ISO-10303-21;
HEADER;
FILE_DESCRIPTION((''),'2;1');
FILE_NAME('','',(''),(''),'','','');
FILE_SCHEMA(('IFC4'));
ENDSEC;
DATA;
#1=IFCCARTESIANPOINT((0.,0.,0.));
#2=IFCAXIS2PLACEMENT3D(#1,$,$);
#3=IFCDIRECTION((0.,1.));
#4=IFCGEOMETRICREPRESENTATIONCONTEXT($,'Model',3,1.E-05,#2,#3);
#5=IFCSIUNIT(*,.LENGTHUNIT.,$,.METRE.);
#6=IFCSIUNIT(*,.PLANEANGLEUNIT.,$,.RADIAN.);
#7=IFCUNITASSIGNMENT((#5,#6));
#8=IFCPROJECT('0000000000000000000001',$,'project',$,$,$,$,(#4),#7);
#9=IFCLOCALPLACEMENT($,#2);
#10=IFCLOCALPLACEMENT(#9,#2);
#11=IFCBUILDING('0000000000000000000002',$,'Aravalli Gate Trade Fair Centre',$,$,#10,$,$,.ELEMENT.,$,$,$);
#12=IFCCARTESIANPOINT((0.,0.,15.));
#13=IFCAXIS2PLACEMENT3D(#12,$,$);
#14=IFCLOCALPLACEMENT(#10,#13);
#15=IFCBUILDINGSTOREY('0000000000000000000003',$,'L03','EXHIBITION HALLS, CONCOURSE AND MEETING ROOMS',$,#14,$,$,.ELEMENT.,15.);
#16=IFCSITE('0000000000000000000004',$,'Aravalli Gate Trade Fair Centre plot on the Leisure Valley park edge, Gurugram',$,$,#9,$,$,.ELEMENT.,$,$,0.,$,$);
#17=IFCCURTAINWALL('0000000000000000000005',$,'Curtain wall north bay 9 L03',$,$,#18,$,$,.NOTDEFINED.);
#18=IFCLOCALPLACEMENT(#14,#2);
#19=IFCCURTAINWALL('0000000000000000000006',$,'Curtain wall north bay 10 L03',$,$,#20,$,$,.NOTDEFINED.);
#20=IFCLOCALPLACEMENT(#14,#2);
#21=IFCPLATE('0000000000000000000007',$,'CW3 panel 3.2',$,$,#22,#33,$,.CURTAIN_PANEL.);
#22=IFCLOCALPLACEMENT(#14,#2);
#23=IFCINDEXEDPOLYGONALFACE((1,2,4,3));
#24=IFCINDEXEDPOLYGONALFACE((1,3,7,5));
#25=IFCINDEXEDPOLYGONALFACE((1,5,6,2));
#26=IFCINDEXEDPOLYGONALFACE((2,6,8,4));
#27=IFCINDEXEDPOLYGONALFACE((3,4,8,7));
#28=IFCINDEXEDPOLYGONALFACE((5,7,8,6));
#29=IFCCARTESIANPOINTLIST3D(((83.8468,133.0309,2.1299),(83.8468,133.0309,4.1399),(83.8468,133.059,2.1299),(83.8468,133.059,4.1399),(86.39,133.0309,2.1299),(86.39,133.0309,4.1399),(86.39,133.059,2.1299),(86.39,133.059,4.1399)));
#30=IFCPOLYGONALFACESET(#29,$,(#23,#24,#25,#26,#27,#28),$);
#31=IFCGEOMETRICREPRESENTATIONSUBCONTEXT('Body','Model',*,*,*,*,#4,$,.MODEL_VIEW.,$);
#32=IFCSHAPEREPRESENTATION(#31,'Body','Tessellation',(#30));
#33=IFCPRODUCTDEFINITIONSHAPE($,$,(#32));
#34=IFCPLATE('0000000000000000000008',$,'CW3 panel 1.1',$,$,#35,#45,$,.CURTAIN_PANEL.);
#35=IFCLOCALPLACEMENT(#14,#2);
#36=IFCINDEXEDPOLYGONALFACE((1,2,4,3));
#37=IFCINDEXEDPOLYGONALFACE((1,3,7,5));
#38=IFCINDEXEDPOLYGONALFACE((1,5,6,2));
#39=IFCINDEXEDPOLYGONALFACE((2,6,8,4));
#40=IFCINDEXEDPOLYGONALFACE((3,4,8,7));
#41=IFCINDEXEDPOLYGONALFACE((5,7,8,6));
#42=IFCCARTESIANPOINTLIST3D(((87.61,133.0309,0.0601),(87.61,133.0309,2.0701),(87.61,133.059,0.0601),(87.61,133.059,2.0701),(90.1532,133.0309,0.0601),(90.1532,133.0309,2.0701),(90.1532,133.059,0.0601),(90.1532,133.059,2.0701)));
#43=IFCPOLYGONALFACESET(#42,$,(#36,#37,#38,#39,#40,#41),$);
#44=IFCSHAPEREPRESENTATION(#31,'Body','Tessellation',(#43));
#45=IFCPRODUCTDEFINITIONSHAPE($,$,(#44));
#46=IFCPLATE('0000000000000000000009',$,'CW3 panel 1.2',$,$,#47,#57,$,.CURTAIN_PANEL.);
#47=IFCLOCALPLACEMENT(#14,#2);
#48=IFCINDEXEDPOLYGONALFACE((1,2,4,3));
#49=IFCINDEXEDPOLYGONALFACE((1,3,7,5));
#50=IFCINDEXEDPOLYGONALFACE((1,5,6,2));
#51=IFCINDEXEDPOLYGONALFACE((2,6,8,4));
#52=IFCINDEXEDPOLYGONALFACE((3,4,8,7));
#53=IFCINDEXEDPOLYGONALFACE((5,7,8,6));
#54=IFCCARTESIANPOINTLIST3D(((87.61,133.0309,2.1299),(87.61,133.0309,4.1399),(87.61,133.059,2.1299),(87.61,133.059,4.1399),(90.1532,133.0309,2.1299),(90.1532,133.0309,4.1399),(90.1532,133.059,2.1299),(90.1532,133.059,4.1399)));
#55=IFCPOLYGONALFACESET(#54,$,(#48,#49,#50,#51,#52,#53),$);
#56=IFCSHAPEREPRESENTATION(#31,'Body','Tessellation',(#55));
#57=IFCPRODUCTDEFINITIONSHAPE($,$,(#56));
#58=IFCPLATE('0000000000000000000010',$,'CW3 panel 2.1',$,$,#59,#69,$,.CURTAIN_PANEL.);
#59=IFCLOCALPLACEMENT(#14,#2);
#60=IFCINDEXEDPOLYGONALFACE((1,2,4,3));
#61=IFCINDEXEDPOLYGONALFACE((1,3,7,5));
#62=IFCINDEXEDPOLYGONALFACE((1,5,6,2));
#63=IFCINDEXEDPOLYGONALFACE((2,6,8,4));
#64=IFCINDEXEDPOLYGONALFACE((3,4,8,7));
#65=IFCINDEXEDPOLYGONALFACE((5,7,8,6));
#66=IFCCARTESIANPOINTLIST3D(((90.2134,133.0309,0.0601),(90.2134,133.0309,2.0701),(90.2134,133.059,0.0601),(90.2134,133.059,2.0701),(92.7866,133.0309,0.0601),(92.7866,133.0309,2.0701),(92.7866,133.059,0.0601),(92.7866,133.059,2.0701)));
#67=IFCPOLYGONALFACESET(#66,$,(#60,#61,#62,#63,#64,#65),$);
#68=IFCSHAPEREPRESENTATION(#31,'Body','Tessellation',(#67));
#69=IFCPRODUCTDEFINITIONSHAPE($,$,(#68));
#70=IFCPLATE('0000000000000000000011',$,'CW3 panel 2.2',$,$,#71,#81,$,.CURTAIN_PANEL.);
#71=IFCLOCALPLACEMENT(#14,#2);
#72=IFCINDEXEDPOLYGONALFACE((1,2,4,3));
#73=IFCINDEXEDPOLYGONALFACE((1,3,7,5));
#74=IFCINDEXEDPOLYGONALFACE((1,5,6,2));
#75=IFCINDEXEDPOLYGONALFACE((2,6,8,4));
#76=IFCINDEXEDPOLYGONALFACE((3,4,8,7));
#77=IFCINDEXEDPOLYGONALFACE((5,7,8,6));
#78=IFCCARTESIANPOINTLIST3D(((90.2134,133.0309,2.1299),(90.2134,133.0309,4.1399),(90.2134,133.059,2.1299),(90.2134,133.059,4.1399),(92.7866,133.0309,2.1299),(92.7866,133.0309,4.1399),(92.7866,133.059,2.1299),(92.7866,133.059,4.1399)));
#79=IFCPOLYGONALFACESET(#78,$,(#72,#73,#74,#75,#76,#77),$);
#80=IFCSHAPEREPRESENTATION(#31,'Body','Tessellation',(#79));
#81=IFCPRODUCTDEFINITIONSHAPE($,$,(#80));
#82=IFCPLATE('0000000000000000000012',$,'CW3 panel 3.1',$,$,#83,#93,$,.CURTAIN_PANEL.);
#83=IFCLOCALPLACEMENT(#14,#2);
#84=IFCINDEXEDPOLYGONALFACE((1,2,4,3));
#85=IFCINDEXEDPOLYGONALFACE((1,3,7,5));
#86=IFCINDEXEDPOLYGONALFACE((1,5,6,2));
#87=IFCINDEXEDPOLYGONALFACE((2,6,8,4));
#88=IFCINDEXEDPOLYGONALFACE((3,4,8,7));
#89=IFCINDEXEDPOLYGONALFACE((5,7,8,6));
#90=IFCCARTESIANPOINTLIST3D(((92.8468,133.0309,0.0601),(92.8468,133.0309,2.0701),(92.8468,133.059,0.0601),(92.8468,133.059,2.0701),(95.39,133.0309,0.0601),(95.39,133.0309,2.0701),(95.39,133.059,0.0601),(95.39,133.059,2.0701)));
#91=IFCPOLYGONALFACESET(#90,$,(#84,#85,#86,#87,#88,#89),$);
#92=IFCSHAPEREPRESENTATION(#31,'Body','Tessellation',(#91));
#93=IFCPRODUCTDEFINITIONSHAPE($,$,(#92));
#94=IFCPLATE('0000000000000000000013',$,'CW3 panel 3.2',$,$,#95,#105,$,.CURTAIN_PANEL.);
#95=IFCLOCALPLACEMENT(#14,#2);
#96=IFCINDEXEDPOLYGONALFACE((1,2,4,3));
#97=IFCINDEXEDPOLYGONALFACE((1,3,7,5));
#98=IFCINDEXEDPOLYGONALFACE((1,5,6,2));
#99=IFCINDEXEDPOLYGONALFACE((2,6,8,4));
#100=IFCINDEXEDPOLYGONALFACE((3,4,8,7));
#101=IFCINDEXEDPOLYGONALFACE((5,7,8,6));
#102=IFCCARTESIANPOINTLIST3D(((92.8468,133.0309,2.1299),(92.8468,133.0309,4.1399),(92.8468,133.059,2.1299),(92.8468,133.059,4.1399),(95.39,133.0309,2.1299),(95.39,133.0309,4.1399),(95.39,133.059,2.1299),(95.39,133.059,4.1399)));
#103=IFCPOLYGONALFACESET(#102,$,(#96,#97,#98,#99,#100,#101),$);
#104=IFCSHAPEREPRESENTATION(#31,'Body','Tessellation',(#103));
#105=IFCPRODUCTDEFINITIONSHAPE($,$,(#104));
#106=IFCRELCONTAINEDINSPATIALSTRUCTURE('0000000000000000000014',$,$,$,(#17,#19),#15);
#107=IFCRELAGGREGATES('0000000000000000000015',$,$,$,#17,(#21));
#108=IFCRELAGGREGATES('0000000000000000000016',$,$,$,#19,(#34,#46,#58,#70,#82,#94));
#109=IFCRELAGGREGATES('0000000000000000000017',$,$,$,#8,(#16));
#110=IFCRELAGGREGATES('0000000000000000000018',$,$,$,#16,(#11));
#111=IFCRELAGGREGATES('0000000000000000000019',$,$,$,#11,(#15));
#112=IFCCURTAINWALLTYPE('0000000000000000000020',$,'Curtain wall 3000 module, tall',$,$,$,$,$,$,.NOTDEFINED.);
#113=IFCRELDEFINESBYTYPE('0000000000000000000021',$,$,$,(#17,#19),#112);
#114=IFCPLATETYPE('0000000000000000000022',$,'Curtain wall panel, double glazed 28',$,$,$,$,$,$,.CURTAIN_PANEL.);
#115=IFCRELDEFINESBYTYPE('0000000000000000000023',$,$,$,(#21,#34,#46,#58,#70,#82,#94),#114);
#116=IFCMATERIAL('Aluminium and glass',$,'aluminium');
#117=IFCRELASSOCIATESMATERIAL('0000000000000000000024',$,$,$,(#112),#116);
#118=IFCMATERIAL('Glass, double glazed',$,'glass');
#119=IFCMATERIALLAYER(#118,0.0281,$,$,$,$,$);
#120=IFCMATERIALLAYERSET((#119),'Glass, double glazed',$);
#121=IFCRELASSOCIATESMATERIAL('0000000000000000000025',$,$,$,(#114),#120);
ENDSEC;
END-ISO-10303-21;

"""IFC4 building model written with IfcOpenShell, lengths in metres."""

from ifc_helpers import new_model, si_unit, direction, frame, origin, origin_2d, place, context, subcontext, project, spatial, rectangle, extrude, material, layer, layer_set, type_object, element, aggregate, save


model = new_model("IFC4")

# Units and contexts
model_context = context("Model", 3, precision=1e-05, world=origin(), true_north=direction((0.0, 1.0)))
body_context = subcontext(model_context, "Body", "Model", "MODEL_VIEW")
ifc_project = project(units=[si_unit("LENGTHUNIT", "METRE"), si_unit("PLANEANGLEUNIT", "RADIAN")], contexts=[model_context])

# Site, building, storey
site_placement = place(None, origin())
site = spatial("IfcSite", under=ifc_project, at=site_placement, Name="Aravalli Gate Trade Fair Centre plot on the Leisure Valley park edge, Gurugram", CompositionType="ELEMENT", RefElevation=0.0)
building_placement = place(site_placement, origin())
building = spatial("IfcBuilding", under=site, at=building_placement, Name="Aravalli Gate Trade Fair Centre", CompositionType="ELEMENT")
storey_placement = place(building_placement, frame((0.0, 0.0, 15.0)))
storey = spatial("IfcBuildingStorey", under=building, at=storey_placement, Name="L03", Description="EXHIBITION HALLS, CONCOURSE AND MEETING ROOMS", CompositionType="ELEMENT", Elevation=15.0)

# Curtain wall
ifc_material_1 = material(Name="Aluminium and glass", Category="aluminium")
curtain_wall_type = type_object("IfcCurtainWallType", Name="Curtain wall 3000 module, tall", PredefinedType="NOTDEFINED", material=ifc_material_1)
curtain_wall_1_placement = place(storey_placement, origin())
curtain_wall_1 = element("IfcCurtainWall", 1, at=curtain_wall_1_placement, inside=storey, type_object=curtain_wall_type, Name="Curtain wall north bay 9 L03", PredefinedType="NOTDEFINED")

# Curtain wall
curtain_wall_2_placement = place(storey_placement, origin())
curtain_wall_2 = element("IfcCurtainWall", 2, at=curtain_wall_2_placement, inside=storey, type_object=curtain_wall_type, Name="Curtain wall north bay 10 L03", PredefinedType="NOTDEFINED")

# Plates
ifc_material_2 = material(Name="Glass, double glazed", Category="glass")
ifc_layer = layer(ifc_material_2, 0.0281)
ifc_layer_set = layer_set([ifc_layer], Name="Glass, double glazed")
plate_type = type_object("IfcPlateType", Name="Curtain wall panel, double glazed 28", PredefinedType="CURTAIN_PANEL", material=ifc_layer_set)
plate_1_placement = place(storey_placement, frame((85.1184, 133.0449, 2.1299), z_axis=(0.0, 0.0, 1.0), x_axis=(1.0, 0.0, 0.0)))
plate_1 = element("IfcPlate", 3, at=plate_1_placement, type_object=plate_type, Name="CW3 panel 3.2", PredefinedType="CURTAIN_PANEL", context=body_context, shape_type="SweptSolid", body=[
    extrude(rectangle(XDim=2.5432, YDim=0.0281, at=origin_2d()), origin(), (0.0, 0.0, 1.0), 2.01),
])
aggregate(curtain_wall_1, [plate_1])
plate_2_placement = place(storey_placement, frame((88.8816, 133.0449, 0.0601), z_axis=(0.0, 0.0, 1.0), x_axis=(1.0, 0.0, 0.0)))
plate_2 = element("IfcPlate", 4, at=plate_2_placement, type_object=plate_type, Name="CW3 panel 1.1", PredefinedType="CURTAIN_PANEL", context=body_context, shape_type="SweptSolid", body=[
    extrude(rectangle(XDim=2.5432, YDim=0.0281, at=origin_2d()), origin(), (0.0, 0.0, 1.0), 2.01),
])
plate_3_placement = place(storey_placement, frame((88.8816, 133.0449, 2.1299), z_axis=(0.0, 0.0, 1.0), x_axis=(1.0, 0.0, 0.0)))
plate_3 = element("IfcPlate", 5, at=plate_3_placement, type_object=plate_type, Name="CW3 panel 1.2", PredefinedType="CURTAIN_PANEL", context=body_context, shape_type="SweptSolid", body=[
    extrude(rectangle(XDim=2.5432, YDim=0.0281, at=origin_2d()), origin(), (0.0, 0.0, 1.0), 2.01),
])
plate_4_placement = place(storey_placement, frame((91.5, 133.0449, 0.0601), z_axis=(0.0, 0.0, 1.0), x_axis=(1.0, 0.0, 0.0)))
plate_4 = element("IfcPlate", 6, at=plate_4_placement, type_object=plate_type, Name="CW3 panel 2.1", PredefinedType="CURTAIN_PANEL", context=body_context, shape_type="SweptSolid", body=[
    extrude(rectangle(XDim=2.5732, YDim=0.0281, at=origin_2d()), origin(), (0.0, 0.0, 1.0), 2.01),
])
plate_5_placement = place(storey_placement, frame((91.5, 133.0449, 2.1299), z_axis=(0.0, 0.0, 1.0), x_axis=(1.0, 0.0, 0.0)))
plate_5 = element("IfcPlate", 7, at=plate_5_placement, type_object=plate_type, Name="CW3 panel 2.2", PredefinedType="CURTAIN_PANEL", context=body_context, shape_type="SweptSolid", body=[
    extrude(rectangle(XDim=2.5732, YDim=0.0281, at=origin_2d()), origin(), (0.0, 0.0, 1.0), 2.01),
])
plate_6_placement = place(storey_placement, frame((94.1184, 133.0449, 0.0601), z_axis=(0.0, 0.0, 1.0), x_axis=(1.0, 0.0, 0.0)))
plate_6 = element("IfcPlate", 8, at=plate_6_placement, type_object=plate_type, Name="CW3 panel 3.1", PredefinedType="CURTAIN_PANEL", context=body_context, shape_type="SweptSolid", body=[
    extrude(rectangle(XDim=2.5432, YDim=0.0281, at=origin_2d()), origin(), (0.0, 0.0, 1.0), 2.01),
])
plate_7_placement = place(storey_placement, frame((94.1184, 133.0449, 2.1299), z_axis=(0.0, 0.0, 1.0), x_axis=(1.0, 0.0, 0.0)))
plate_7 = element("IfcPlate", 9, at=plate_7_placement, type_object=plate_type, Name="CW3 panel 3.2", PredefinedType="CURTAIN_PANEL", context=body_context, shape_type="SweptSolid", body=[
    extrude(rectangle(XDim=2.5432, YDim=0.0281, at=origin_2d()), origin(), (0.0, 0.0, 1.0), 2.01),
])
aggregate(curtain_wall_2, [plate_2, plate_3, plate_4, plate_5, plate_6, plate_7])

save(model, "model.ifc")
